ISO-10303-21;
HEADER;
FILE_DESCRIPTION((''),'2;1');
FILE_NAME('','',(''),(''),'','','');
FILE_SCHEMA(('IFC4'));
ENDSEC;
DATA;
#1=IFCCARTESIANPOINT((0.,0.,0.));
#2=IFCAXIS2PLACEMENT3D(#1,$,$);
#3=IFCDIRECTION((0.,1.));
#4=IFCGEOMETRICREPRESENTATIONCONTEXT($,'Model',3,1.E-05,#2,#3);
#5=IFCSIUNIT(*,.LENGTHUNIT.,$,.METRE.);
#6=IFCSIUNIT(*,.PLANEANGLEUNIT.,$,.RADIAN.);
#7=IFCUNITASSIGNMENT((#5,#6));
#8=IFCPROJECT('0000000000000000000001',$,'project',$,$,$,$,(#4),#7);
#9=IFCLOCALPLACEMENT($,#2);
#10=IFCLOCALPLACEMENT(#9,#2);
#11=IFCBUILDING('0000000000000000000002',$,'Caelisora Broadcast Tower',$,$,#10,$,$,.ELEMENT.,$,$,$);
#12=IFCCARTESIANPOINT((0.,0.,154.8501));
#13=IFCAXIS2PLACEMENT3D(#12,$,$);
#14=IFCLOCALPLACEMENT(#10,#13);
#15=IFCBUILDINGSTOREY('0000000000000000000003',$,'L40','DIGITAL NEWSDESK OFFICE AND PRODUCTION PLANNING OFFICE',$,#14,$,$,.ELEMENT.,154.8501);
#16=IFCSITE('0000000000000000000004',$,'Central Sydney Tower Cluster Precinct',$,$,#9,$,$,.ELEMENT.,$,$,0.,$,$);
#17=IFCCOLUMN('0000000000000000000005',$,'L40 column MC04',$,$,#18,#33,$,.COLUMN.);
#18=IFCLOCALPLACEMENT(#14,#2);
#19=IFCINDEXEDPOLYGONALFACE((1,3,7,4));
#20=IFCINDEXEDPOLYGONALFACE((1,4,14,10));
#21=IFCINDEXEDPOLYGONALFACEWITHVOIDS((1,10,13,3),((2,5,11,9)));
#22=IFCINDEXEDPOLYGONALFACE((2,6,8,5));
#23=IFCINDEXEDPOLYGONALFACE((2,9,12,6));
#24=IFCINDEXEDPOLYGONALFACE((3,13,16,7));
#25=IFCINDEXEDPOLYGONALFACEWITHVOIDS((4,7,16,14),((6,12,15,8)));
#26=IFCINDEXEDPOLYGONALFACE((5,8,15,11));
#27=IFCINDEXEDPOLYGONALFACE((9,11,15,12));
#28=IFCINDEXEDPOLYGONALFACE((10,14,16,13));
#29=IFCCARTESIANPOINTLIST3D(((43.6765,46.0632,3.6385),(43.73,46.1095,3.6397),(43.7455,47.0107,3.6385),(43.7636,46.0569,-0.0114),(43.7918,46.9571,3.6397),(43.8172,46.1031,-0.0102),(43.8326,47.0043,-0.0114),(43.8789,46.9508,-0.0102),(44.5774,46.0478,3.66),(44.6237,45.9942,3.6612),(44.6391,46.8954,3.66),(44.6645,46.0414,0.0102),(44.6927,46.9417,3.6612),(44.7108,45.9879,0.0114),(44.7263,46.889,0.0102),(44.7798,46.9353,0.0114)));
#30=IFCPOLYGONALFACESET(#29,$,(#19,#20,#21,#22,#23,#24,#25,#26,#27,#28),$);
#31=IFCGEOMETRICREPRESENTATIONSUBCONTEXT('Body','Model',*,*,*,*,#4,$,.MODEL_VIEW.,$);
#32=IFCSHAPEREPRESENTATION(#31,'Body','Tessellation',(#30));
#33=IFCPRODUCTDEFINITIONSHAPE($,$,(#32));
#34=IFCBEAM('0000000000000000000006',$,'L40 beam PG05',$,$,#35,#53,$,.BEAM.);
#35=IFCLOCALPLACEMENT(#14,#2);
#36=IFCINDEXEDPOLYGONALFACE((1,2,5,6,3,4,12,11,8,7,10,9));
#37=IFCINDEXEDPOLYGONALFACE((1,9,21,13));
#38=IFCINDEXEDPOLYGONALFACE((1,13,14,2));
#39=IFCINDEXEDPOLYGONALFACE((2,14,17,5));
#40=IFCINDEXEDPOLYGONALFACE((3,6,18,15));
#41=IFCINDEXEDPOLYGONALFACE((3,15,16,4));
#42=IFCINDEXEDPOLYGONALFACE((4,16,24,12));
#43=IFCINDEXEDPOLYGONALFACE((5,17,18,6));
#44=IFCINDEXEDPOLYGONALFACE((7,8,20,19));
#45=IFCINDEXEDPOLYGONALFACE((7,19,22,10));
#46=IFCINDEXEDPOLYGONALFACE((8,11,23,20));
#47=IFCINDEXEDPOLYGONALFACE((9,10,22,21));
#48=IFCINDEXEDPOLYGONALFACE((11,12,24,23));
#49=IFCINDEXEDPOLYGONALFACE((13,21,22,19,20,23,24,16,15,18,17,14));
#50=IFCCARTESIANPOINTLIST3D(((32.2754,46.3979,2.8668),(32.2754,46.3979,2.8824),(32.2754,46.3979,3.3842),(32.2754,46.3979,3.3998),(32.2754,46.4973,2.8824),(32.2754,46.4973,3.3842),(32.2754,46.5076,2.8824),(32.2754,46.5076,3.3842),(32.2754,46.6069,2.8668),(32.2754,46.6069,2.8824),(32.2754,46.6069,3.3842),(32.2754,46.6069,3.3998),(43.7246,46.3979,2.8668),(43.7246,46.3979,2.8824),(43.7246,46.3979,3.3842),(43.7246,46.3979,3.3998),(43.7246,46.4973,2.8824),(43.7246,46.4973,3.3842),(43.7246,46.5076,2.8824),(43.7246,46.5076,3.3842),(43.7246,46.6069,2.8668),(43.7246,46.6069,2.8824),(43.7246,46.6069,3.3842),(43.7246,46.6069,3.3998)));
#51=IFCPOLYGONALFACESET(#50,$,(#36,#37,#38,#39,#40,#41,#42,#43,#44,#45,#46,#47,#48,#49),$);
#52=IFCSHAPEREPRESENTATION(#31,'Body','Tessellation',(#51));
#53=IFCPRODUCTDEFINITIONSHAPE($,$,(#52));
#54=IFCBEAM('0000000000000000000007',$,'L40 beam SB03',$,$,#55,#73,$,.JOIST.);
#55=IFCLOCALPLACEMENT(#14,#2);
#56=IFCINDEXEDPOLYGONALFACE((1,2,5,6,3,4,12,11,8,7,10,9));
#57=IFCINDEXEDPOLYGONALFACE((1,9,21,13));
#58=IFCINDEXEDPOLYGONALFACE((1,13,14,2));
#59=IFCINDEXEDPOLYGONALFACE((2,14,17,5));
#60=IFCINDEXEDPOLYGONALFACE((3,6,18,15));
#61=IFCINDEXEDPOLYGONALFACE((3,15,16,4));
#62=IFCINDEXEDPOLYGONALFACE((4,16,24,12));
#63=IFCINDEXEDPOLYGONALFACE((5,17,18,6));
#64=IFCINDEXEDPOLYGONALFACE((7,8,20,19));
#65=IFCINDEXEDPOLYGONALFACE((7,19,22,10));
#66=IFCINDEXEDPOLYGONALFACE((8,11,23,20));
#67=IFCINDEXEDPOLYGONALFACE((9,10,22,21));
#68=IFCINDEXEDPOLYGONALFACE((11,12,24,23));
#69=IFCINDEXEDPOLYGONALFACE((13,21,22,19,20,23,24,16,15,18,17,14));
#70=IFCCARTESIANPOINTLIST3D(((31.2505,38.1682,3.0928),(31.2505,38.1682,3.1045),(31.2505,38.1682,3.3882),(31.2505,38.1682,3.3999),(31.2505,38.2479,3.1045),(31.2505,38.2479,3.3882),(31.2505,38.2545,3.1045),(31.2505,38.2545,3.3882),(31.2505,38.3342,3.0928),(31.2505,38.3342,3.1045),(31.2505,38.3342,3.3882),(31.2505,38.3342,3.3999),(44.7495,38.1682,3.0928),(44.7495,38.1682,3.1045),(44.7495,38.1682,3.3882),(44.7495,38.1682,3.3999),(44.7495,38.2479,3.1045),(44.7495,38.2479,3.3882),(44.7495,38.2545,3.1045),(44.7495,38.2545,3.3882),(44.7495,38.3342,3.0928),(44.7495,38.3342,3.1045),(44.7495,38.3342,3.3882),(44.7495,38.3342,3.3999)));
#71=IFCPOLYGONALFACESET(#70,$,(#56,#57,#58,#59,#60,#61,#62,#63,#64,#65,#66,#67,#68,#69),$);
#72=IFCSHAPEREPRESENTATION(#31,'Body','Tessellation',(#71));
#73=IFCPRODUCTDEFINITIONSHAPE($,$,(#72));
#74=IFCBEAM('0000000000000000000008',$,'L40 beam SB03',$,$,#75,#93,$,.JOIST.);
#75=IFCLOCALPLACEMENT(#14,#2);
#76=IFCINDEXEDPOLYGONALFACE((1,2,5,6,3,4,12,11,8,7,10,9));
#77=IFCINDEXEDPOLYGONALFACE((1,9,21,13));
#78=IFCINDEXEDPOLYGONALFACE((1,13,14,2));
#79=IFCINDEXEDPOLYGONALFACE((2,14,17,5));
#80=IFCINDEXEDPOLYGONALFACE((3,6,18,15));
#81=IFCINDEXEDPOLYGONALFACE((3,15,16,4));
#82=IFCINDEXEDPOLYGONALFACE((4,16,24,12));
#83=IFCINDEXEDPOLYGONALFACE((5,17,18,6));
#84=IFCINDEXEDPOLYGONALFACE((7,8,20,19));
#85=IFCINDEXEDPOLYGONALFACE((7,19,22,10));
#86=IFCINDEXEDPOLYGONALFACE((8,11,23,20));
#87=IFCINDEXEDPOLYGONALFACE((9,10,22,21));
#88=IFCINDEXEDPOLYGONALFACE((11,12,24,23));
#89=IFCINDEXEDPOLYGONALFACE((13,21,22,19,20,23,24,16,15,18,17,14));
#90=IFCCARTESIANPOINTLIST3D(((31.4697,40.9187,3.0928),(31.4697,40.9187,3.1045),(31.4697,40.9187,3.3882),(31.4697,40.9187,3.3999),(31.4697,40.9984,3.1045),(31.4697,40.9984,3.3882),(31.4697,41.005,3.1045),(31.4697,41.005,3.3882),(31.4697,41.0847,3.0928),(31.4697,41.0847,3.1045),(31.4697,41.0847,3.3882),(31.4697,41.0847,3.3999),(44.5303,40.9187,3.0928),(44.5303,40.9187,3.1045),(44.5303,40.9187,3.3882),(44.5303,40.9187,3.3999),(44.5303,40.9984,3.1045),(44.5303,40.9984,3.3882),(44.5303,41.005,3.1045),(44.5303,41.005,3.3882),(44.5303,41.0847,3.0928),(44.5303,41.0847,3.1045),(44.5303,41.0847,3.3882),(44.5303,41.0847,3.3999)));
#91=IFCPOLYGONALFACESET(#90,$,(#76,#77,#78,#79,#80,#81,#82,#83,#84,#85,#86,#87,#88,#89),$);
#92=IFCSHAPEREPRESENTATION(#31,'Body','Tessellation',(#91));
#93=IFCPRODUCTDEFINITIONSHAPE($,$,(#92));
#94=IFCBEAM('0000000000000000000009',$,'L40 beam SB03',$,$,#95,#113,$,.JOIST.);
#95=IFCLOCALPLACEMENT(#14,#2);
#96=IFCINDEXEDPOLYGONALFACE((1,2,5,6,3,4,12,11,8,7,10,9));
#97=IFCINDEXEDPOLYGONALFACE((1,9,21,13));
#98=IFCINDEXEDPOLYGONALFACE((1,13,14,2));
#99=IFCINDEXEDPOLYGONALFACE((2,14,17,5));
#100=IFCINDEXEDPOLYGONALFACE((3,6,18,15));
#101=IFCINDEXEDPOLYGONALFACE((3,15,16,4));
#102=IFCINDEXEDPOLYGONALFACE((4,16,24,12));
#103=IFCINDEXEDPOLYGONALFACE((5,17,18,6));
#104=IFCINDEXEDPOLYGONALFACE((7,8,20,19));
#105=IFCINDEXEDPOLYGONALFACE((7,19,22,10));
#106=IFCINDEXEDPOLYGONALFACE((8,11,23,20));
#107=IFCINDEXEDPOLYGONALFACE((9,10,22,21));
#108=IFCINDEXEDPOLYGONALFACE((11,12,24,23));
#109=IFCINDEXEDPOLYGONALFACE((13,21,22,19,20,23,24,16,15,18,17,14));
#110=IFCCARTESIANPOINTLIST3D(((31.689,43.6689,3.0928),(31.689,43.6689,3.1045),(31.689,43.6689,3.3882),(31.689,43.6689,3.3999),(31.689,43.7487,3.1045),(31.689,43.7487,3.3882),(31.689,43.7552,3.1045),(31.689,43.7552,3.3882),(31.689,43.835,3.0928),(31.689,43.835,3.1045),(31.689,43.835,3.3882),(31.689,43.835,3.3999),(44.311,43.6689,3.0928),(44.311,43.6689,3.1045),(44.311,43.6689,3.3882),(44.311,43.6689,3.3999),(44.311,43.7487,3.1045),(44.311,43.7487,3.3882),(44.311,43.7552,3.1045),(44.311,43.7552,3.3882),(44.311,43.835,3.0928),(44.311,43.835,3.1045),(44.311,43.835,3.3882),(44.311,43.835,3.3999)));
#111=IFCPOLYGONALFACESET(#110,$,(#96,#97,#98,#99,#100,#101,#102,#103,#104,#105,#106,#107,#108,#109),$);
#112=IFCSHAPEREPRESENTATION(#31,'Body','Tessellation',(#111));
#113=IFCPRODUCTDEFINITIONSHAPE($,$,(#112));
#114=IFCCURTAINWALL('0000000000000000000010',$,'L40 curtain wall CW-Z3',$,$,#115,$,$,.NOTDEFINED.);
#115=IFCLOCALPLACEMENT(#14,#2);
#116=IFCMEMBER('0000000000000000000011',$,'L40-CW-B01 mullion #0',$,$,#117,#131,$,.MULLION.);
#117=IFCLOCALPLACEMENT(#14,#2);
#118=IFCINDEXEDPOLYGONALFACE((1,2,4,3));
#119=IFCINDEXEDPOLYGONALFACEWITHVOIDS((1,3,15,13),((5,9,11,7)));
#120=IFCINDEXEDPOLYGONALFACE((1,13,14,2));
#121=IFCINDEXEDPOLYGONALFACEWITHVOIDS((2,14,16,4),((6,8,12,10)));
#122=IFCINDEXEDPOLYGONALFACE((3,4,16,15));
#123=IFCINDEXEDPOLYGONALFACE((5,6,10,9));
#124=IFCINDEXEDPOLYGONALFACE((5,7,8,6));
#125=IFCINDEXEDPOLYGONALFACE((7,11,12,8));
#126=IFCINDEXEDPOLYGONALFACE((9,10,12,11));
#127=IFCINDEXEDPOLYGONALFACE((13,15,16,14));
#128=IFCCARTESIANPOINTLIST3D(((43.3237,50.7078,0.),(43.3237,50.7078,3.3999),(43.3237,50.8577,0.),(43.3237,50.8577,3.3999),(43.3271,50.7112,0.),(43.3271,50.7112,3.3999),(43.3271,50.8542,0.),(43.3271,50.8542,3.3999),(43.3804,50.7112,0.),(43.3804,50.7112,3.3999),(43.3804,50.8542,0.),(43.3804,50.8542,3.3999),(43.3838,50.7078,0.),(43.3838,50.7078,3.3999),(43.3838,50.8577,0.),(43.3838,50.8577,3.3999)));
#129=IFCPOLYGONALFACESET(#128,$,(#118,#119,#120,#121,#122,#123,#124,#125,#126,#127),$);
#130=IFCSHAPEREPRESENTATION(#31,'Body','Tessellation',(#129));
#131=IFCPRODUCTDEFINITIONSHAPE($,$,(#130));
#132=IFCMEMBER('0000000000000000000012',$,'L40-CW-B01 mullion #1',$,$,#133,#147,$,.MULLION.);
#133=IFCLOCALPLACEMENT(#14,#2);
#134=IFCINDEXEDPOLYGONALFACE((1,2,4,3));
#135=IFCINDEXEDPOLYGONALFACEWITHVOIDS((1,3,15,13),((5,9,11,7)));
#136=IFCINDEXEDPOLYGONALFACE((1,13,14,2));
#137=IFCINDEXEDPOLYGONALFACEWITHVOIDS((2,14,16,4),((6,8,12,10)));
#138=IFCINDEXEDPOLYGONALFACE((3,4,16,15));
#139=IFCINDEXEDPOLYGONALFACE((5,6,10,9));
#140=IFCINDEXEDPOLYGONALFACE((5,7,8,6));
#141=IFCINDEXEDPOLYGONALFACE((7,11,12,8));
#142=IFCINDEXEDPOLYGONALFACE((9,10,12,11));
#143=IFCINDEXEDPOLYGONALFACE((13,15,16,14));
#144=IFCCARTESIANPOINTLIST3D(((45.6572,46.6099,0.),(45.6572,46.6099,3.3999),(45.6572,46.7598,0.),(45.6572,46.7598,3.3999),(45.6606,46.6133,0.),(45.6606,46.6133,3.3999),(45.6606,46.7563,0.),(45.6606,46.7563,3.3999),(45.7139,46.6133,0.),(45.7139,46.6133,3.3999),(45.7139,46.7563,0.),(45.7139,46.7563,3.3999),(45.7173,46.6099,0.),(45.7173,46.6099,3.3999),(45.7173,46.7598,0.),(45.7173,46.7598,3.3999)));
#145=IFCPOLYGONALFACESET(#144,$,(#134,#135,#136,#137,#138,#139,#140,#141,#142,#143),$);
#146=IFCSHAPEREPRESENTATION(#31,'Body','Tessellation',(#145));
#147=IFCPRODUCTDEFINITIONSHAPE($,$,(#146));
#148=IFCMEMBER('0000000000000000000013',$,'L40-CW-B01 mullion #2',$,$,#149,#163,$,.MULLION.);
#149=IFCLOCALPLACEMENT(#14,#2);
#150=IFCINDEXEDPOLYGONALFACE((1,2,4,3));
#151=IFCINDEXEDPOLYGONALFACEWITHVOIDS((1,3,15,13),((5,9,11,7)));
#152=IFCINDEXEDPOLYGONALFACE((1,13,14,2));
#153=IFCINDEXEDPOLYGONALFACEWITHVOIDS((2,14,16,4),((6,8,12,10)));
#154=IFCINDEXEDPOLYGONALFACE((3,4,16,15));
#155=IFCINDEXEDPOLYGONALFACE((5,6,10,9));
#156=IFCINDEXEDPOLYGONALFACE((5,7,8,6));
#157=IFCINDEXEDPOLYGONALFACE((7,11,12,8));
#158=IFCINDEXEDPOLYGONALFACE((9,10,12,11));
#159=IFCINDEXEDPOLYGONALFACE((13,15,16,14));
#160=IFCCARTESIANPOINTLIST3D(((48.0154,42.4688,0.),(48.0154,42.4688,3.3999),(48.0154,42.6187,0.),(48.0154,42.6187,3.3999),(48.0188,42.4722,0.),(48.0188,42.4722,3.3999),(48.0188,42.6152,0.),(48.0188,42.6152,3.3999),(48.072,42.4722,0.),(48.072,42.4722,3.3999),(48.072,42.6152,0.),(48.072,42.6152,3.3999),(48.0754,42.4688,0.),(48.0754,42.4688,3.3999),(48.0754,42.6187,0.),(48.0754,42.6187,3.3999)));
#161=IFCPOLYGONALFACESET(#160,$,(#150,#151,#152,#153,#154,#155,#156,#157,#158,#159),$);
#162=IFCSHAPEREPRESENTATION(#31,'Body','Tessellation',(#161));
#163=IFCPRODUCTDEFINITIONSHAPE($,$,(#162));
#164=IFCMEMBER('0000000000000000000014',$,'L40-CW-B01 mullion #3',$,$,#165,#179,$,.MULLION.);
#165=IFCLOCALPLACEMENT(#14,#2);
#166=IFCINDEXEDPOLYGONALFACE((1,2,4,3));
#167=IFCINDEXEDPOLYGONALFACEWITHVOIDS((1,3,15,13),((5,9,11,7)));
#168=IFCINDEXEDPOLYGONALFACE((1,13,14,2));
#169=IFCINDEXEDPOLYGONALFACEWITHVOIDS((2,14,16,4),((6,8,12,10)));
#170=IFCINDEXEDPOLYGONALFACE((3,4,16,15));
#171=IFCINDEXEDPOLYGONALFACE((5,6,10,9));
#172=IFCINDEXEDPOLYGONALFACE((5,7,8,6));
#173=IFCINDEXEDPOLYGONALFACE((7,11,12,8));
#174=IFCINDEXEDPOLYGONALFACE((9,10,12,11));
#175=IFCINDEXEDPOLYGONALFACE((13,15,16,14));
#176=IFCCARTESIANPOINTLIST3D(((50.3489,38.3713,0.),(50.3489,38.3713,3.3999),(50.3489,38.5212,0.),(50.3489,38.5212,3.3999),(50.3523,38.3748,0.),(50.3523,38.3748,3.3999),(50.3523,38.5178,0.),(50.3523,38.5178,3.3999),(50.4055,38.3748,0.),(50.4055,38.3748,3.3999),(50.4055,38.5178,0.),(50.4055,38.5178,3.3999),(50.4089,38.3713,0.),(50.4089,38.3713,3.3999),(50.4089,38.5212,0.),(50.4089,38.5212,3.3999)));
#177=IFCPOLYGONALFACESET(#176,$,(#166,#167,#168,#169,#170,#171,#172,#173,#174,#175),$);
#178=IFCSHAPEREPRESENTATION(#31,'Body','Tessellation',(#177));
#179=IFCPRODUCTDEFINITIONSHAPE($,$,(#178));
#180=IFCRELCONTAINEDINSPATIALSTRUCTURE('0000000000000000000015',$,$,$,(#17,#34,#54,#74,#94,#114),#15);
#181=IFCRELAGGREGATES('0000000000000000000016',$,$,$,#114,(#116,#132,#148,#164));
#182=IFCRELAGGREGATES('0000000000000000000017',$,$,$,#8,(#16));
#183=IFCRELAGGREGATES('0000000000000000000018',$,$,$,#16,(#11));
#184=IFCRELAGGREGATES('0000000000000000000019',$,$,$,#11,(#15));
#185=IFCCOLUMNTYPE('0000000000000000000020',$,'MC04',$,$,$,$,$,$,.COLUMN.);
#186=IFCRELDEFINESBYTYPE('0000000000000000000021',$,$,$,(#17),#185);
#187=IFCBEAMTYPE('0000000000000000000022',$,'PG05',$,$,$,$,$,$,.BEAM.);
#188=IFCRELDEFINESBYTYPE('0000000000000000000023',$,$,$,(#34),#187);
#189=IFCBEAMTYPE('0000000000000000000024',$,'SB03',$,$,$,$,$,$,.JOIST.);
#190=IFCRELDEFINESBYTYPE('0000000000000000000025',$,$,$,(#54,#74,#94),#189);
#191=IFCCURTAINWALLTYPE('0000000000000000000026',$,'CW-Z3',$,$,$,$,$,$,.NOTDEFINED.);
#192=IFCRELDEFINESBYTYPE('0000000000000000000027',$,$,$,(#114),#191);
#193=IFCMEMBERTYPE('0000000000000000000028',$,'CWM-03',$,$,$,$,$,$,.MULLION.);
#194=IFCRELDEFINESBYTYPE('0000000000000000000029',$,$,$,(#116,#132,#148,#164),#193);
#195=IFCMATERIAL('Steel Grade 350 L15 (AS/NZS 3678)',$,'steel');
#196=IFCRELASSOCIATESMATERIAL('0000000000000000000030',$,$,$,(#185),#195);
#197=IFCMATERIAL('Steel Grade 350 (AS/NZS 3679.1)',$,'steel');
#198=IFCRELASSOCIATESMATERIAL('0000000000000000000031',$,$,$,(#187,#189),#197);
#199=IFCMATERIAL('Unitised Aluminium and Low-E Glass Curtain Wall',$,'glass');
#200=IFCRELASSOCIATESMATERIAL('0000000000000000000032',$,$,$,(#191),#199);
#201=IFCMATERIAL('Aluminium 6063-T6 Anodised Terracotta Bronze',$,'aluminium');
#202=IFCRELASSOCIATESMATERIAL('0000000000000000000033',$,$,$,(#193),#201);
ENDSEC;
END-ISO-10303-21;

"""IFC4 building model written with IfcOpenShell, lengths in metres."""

from ifc_helpers import new_model, si_unit, direction, frame, origin, origin_2d, place, context, subcontext, project, spatial, hollow_rectangle, i_section, extrude, source, transform, mapped, material, material_profile, profile_set, type_object, type_shapes, element, aggregate, save


model = new_model("IFC4")

# Units and contexts
model_context = context("Model", 3, precision=1e-05, world=origin(), true_north=direction((0.0, 1.0)))
body_context = subcontext(model_context, "Body", "Model", "MODEL_VIEW")
ifc_project = project(units=[si_unit("LENGTHUNIT", "METRE"), si_unit("PLANEANGLEUNIT", "RADIAN")], contexts=[model_context])

# Site, building, storey
site_placement = place(None, origin())
site = spatial("IfcSite", under=ifc_project, at=site_placement, Name="Central Sydney Tower Cluster Precinct", CompositionType="ELEMENT", RefElevation=0.0)
building_placement = place(site_placement, origin())
building = spatial("IfcBuilding", under=site, at=building_placement, Name="Caelisora Broadcast Tower", CompositionType="ELEMENT")
storey_placement = place(building_placement, frame((0.0, 0.0, 154.8501)))
storey = spatial("IfcBuildingStorey", under=building, at=storey_placement, Name="L40", Description="DIGITAL NEWSDESK OFFICE AND PRODUCTION PLANNING OFFICE", CompositionType="ELEMENT", Elevation=154.8501)

# Column
ifc_material_1 = material(Name="Steel Grade 350 L15 (AS/NZS 3678)", Category="steel")
ifc_material_profile_1 = material_profile(ifc_material_1, hollow_rectangle(XDim=0.95, YDim=0.95, WallThickness=0.05, at=origin_2d()), Name="Steel Grade 350 L15 (AS/NZS 3678)")
ifc_profile_set_1 = profile_set([ifc_material_profile_1], Name="Steel Grade 350 L15 (AS/NZS 3678)")
column_type = type_object("IfcColumnType", Name="MC04", PredefinedType="COLUMN", material=ifc_profile_set_1)
shared_shape_1 = source(origin(), body_context, "Body", "SweptSolid", [
    extrude(hollow_rectangle(XDim=0.95, YDim=0.95, WallThickness=0.05, at=origin_2d()), origin(), (0.0, 0.0, 1.0), 3.6509),
])
type_shapes(column_type, [shared_shape_1])
column_placement = place(storey_placement, frame((44.2717, 46.4961, 0.0), z_axis=(-0.023873, 0.001739, 0.999713), x_axis=(-0.072637, -0.997358, 0.0)))
element("IfcColumn", 1, at=column_placement, inside=storey, type_object=column_type, Name="L40 column MC04", PredefinedType="COLUMN", context=body_context, shape_type="MappedRepresentation", body=[
    mapped(shared_shape_1, transform((0.0, 0.0, 0.0), scale=1.0)),
])

# Beams
ifc_material_2 = material(Name="Steel Grade 350 (AS/NZS 3679.1)", Category="steel")
ifc_material_profile_2 = material_profile(ifc_material_2, i_section(OverallWidth=0.209, OverallDepth=0.533, WebThickness=0.0103, FlangeThickness=0.0156, at=origin_2d()), Name="Steel Grade 350 (AS/NZS 3679.1)")
ifc_profile_set_2 = profile_set([ifc_material_profile_2], Name="Steel Grade 350 (AS/NZS 3679.1)")
beam_type_1 = type_object("IfcBeamType", Name="PG05", PredefinedType="BEAM", material=ifc_profile_set_2)
shared_shape_2 = source(origin(), body_context, "Body", "SweptSolid", [
    extrude(i_section(OverallWidth=0.209, OverallDepth=0.533, WebThickness=0.0103, FlangeThickness=0.0156, at=origin_2d()), origin(), (0.0, 0.0, 1.0), 11.4492),
])
type_shapes(beam_type_1, [shared_shape_2])
beam_1_placement = place(storey_placement, frame((43.7246, 46.5024, 3.1333), z_axis=(-1.0, 0.0, 0.0), x_axis=(0.0, -1.0, 0.0)))
element("IfcBeam", 2, at=beam_1_placement, inside=storey, type_object=beam_type_1, Name="L40 beam PG05", PredefinedType="BEAM", context=body_context, shape_type="MappedRepresentation", body=[
    mapped(shared_shape_2, transform((0.0, 0.0, 0.0), scale=1.0)),
])
ifc_material_profile_3 = material_profile(ifc_material_2, i_section(OverallWidth=0.166, OverallDepth=0.3071, WebThickness=0.0066, FlangeThickness=0.0117, at=origin_2d()), Name="Steel Grade 350 (AS/NZS 3679.1)")
ifc_profile_set_3 = profile_set([ifc_material_profile_3], Name="Steel Grade 350 (AS/NZS 3679.1)")
beam_type_2 = type_object("IfcBeamType", Name="SB03", PredefinedType="JOIST", material=ifc_profile_set_3)
shared_shape_3 = source(origin(), body_context, "Body", "SweptSolid", [
    extrude(i_section(OverallWidth=0.166, OverallDepth=0.3071, WebThickness=0.0066, FlangeThickness=0.0117, at=origin_2d()), origin(), (0.0, 0.0, 1.0), 13.499),
])
beam_2_placement = place(storey_placement, frame((44.7495, 38.2512, 3.2463), z_axis=(-1.0, 0.0, 0.0), x_axis=(0.0, -1.0, 0.0)))
element("IfcBeam", 3, at=beam_2_placement, inside=storey, type_object=beam_type_2, Name="L40 beam SB03", PredefinedType="JOIST", context=body_context, shape_type="MappedRepresentation", body=[
    mapped(shared_shape_3, transform((0.0, 0.0, 0.0), scale=1.0)),
])
shared_shape_4 = source(origin(), body_context, "Body", "SweptSolid", [
    extrude(i_section(OverallWidth=0.166, OverallDepth=0.3071, WebThickness=0.0066, FlangeThickness=0.0117, at=origin_2d()), origin(), (0.0, 0.0, 1.0), 13.0605),
])
beam_3_placement = place(storey_placement, frame((44.5303, 41.0017, 3.2463), z_axis=(-1.0, 0.0, 0.0), x_axis=(0.0, -1.0, 0.0)))
element("IfcBeam", 4, at=beam_3_placement, inside=storey, type_object=beam_type_2, Name="L40 beam SB03", PredefinedType="JOIST", context=body_context, shape_type="MappedRepresentation", body=[
    mapped(shared_shape_4, transform((0.0, 0.0, 0.0), scale=1.0)),
])
shared_shape_5 = source(origin(), body_context, "Body", "SweptSolid", [
    extrude(i_section(OverallWidth=0.166, OverallDepth=0.3071, WebThickness=0.0066, FlangeThickness=0.0117, at=origin_2d()), origin(), (0.0, 0.0, 1.0), 12.6221),
])
type_shapes(beam_type_2, [shared_shape_3, shared_shape_4, shared_shape_5])
beam_4_placement = place(storey_placement, frame((44.311, 43.752, 3.2463), z_axis=(-1.0, 0.0, 0.0), x_axis=(0.0, -1.0, 0.0)))
element("IfcBeam", 5, at=beam_4_placement, inside=storey, type_object=beam_type_2, Name="L40 beam SB03", PredefinedType="JOIST", context=body_context, shape_type="MappedRepresentation", body=[
    mapped(shared_shape_5, transform((0.0, 0.0, 0.0), scale=1.0)),
])

# Curtain wall, members
ifc_material_3 = material(Name="Unitised Aluminium and Low-E Glass Curtain Wall", Category="glass")
curtain_wall_type_1 = type_object("IfcCurtainWallType", Name="CW-Z3", PredefinedType="NOTDEFINED", material=ifc_material_3)
curtain_wall_1_placement = place(storey_placement, origin())
curtain_wall_1 = element("IfcCurtainWall", 6, at=curtain_wall_1_placement, inside=storey, type_object=curtain_wall_type_1, Name="L40 curtain wall CW-Z3", PredefinedType="NOTDEFINED")
ifc_material_4 = material(Name="Aluminium 6063-T6 Anodised Terracotta Bronze", Category="aluminium")
ifc_material_profile_4 = material_profile(ifc_material_4, hollow_rectangle(XDim=0.0601, YDim=0.1499, WallThickness=0.0034, at=origin_2d()), Name="Aluminium 6063-T6 Anodised Terracotta Bronze")
ifc_profile_set_4 = profile_set([ifc_material_profile_4], Name="Aluminium 6063-T6 Anodised Terracotta Bronze")
member_type_1 = type_object("IfcMemberType", Name="CWM-03", PredefinedType="MULLION", material=ifc_profile_set_4)
shared_shape_6 = source(origin(), body_context, "Body", "SweptSolid", [
    extrude(hollow_rectangle(XDim=0.0601, YDim=0.1499, WallThickness=0.0034, at=origin_2d()), origin(), (0.0, 0.0, 1.0), 3.3999),
])
type_shapes(member_type_1, [shared_shape_6])
member_1_placement = place(storey_placement, frame((43.3538, 50.7827, 0.0), z_axis=(0.0, 0.0, 1.0), x_axis=(1.0, 0.0, 0.0)))
member_1 = element("IfcMember", 7, at=member_1_placement, type_object=member_type_1, Name="L40-CW-B01 mullion #0", PredefinedType="MULLION", context=body_context, shape_type="MappedRepresentation", body=[
    mapped(shared_shape_6, transform((0.0, 0.0, 0.0), scale=1.0)),
])
member_2_placement = place(storey_placement, frame((45.6873, 46.6848, 0.0), z_axis=(0.0, 0.0, 1.0), x_axis=(1.0, 0.0, 0.0)))
member_2 = element("IfcMember", 8, at=member_2_placement, type_object=member_type_1, Name="L40-CW-B01 mullion #1", PredefinedType="MULLION", context=body_context, shape_type="MappedRepresentation", body=[
    mapped(shared_shape_6, transform((0.0, 0.0, 0.0), scale=1.0)),
])
member_3_placement = place(storey_placement, frame((48.0454, 42.5437, 0.0), z_axis=(0.0, 0.0, 1.0), x_axis=(1.0, 0.0, 0.0)))
member_3 = element("IfcMember", 9, at=member_3_placement, type_object=member_type_1, Name="L40-CW-B01 mullion #2", PredefinedType="MULLION", context=body_context, shape_type="MappedRepresentation", body=[
    mapped(shared_shape_6, transform((0.0, 0.0, 0.0), scale=1.0)),
])
member_4_placement = place(storey_placement, frame((50.3789, 38.4463, 0.0), z_axis=(0.0, 0.0, 1.0), x_axis=(1.0, 0.0, 0.0)))
member_4 = element("IfcMember", 10, at=member_4_placement, type_object=member_type_1, Name="L40-CW-B01 mullion #3", PredefinedType="MULLION", context=body_context, shape_type="MappedRepresentation", body=[
    mapped(shared_shape_6, transform((0.0, 0.0, 0.0), scale=1.0)),
])

aggregate(curtain_wall_1, [member_1, member_2, member_3, member_4])

save(model, "model.ifc")
